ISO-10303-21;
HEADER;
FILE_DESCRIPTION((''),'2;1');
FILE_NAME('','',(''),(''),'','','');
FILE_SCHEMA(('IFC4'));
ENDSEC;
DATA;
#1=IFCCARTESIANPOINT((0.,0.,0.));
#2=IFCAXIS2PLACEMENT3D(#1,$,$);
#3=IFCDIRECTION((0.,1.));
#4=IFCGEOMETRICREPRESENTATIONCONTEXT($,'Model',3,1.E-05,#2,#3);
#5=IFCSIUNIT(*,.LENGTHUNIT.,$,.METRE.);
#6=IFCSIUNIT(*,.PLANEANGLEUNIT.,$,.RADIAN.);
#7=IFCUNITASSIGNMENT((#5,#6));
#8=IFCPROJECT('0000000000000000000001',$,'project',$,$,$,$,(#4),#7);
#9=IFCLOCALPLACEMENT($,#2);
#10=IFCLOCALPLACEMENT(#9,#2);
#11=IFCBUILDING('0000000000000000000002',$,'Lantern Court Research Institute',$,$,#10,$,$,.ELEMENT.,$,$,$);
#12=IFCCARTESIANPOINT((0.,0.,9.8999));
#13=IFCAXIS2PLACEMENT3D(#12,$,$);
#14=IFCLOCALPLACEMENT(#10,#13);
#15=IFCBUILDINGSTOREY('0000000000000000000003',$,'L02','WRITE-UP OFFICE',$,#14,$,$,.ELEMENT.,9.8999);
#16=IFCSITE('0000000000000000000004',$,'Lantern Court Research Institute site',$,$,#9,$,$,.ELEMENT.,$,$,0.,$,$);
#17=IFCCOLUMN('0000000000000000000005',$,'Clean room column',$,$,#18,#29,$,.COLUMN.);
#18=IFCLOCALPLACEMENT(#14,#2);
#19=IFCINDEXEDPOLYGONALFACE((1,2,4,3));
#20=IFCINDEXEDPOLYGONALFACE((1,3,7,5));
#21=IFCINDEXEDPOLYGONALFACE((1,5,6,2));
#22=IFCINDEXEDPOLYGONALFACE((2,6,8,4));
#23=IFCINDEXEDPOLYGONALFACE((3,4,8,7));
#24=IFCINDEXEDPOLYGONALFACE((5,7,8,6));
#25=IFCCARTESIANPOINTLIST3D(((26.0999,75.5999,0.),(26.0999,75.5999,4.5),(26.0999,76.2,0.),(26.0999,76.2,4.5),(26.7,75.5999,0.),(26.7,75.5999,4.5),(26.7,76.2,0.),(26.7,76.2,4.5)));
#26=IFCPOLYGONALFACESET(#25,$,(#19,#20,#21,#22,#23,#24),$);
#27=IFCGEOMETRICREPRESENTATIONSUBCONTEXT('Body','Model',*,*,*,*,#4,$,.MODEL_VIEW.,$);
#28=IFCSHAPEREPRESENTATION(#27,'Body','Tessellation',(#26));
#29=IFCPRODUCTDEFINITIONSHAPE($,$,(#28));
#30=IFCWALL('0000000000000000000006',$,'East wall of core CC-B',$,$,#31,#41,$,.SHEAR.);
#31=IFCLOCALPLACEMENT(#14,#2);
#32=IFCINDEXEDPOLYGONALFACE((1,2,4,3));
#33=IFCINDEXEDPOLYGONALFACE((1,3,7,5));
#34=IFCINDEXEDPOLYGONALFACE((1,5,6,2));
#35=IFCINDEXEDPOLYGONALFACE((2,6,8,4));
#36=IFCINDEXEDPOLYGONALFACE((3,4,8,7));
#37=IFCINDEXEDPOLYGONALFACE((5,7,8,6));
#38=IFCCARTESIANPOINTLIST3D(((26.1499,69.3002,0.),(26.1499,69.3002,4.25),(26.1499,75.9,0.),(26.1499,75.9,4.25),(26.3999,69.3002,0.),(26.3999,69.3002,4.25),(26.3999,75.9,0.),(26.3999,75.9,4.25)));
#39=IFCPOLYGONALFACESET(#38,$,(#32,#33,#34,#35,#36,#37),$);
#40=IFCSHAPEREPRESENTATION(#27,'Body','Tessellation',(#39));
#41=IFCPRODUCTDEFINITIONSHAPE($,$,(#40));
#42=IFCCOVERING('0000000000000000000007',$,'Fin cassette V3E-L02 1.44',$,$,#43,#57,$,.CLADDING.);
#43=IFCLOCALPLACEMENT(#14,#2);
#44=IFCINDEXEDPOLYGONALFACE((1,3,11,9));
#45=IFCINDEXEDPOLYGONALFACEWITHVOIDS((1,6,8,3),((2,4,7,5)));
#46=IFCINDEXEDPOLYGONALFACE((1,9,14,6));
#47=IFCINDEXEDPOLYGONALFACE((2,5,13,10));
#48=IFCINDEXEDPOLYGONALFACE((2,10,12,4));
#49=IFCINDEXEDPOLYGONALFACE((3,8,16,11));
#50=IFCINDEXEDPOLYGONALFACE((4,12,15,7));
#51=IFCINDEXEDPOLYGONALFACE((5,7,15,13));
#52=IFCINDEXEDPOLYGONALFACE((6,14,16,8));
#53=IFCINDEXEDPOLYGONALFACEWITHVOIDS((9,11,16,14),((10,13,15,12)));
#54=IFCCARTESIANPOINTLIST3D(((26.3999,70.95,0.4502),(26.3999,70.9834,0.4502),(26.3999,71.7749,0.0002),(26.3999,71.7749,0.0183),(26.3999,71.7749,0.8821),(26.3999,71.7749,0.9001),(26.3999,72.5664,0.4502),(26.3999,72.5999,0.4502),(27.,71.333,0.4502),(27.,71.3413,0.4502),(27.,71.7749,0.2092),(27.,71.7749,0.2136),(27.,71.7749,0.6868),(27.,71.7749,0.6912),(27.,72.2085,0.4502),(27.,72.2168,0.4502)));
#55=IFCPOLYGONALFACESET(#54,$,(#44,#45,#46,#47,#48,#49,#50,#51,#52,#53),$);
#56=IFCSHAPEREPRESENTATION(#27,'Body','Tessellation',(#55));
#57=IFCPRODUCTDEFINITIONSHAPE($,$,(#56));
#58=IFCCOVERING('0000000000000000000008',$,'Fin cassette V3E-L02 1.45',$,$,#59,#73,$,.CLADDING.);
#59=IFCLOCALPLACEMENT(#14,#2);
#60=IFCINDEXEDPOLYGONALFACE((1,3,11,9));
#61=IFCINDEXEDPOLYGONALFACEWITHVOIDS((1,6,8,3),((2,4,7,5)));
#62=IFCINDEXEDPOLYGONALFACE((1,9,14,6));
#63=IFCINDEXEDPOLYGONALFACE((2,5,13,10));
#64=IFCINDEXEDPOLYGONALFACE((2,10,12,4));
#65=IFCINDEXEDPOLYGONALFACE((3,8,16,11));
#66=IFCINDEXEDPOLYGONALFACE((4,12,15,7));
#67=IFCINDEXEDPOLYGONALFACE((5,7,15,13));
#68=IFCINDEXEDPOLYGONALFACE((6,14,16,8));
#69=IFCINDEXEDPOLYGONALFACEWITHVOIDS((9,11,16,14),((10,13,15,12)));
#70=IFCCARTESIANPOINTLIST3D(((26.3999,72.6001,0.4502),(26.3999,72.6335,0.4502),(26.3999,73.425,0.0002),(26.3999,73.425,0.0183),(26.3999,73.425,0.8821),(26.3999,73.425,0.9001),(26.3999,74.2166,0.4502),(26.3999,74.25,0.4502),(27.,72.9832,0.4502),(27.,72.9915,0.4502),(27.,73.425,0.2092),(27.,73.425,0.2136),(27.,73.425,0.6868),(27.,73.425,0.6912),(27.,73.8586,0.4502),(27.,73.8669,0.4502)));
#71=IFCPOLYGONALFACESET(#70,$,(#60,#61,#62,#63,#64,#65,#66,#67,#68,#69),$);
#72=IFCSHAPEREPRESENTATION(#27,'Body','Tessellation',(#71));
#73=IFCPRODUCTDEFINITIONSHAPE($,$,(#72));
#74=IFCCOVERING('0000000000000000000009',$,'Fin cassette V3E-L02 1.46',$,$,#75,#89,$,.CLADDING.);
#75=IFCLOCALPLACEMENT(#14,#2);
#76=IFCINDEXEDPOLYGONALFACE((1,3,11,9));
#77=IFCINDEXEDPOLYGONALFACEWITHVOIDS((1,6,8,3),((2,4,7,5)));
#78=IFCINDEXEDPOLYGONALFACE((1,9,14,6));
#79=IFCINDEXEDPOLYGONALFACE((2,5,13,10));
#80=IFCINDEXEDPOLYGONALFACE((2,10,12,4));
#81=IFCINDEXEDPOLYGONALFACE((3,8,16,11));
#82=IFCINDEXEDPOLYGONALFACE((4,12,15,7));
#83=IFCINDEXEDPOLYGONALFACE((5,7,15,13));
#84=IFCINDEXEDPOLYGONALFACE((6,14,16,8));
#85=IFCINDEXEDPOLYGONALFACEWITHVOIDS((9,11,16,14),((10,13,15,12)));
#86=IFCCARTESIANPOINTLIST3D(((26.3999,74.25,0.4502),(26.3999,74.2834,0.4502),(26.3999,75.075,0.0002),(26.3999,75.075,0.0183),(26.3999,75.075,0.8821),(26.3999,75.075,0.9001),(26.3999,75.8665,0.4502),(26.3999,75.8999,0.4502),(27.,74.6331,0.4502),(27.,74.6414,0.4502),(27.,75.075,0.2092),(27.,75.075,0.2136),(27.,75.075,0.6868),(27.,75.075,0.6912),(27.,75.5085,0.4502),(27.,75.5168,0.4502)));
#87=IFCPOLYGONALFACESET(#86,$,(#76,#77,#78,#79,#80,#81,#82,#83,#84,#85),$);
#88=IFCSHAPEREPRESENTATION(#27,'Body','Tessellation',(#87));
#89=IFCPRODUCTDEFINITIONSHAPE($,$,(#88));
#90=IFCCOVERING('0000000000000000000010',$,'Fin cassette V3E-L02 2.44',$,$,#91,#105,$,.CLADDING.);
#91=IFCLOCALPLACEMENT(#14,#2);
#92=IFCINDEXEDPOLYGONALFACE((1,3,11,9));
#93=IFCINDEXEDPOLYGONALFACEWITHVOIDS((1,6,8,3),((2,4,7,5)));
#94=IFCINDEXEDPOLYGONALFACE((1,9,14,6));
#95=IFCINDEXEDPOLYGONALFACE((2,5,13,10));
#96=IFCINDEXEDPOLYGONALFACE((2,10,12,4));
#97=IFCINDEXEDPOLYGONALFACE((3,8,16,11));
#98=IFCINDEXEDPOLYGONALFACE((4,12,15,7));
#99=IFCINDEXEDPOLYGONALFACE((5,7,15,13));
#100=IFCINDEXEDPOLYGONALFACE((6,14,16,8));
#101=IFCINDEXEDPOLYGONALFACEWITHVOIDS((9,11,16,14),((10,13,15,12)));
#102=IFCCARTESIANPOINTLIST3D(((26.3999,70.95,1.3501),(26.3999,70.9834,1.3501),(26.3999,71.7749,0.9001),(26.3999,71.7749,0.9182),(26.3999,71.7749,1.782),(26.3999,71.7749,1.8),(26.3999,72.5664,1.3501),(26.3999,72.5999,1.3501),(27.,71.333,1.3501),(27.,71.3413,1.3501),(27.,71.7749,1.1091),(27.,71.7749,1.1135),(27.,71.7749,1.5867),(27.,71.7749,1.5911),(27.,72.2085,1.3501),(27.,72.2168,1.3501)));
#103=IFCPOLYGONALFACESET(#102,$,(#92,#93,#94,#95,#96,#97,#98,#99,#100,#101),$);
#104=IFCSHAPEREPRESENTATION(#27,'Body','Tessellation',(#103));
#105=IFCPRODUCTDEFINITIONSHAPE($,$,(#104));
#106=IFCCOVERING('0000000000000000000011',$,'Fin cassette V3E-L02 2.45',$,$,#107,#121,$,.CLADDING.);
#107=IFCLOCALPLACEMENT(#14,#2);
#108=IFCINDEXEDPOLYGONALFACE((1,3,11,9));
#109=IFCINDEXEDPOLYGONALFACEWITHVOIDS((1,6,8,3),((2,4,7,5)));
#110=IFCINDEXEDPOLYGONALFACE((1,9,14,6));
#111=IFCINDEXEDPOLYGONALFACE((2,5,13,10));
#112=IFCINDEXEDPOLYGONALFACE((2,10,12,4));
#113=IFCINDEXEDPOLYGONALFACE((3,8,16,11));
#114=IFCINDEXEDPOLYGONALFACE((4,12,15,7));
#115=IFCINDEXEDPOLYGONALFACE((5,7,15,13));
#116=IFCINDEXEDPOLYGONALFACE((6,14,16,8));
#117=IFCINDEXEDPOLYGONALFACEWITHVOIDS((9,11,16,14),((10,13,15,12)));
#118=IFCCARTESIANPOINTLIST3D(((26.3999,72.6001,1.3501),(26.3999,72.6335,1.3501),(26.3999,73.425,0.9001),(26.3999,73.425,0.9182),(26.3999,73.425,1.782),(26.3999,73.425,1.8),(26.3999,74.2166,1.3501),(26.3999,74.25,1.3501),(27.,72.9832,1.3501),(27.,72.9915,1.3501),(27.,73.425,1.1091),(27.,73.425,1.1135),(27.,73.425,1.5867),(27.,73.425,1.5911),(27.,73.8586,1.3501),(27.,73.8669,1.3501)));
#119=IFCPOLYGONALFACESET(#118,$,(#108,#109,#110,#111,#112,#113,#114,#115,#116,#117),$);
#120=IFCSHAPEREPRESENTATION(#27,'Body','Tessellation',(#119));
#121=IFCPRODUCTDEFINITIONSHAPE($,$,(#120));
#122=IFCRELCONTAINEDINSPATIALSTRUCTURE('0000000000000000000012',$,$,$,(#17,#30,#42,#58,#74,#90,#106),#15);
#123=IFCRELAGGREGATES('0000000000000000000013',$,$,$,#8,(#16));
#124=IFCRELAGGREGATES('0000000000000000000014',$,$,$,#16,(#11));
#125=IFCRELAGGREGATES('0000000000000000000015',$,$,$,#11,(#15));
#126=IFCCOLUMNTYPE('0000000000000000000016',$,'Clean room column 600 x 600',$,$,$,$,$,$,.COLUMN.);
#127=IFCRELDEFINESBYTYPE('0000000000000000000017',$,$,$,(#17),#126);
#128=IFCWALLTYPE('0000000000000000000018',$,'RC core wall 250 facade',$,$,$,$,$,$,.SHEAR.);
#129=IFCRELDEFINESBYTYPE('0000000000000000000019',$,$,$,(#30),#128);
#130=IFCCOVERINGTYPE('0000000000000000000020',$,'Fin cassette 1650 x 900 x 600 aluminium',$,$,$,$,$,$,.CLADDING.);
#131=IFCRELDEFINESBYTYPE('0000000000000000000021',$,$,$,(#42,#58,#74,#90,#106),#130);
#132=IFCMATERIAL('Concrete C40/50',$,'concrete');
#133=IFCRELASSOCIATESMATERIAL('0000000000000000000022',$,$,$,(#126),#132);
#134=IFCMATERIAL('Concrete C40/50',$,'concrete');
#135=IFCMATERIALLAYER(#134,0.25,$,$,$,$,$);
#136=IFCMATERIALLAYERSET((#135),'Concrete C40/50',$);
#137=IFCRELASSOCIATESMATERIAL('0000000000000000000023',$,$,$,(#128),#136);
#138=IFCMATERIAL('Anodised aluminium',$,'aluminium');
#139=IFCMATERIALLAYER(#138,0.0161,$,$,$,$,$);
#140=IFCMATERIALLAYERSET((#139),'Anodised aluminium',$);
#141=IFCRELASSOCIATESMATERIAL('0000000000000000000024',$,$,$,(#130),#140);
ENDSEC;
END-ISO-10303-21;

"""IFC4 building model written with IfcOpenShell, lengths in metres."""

from ifc_helpers import new_model, entity, si_unit, direction, frame, frame_2d, origin, origin_2d, place, context, subcontext, project, spatial, rectangle, extrude, material, layer, layer_set, material_profile, profile_set, type_object, element, save


model = new_model("IFC4")

# Units and contexts
model_context = context("Model", 3, precision=1e-05, world=origin(), true_north=direction((0.0, 1.0)))
body_context = subcontext(model_context, "Body", "Model", "MODEL_VIEW")
ifc_project = project(units=[si_unit("LENGTHUNIT", "METRE"), si_unit("PLANEANGLEUNIT", "RADIAN")], contexts=[model_context])

# Site, building, storey
site_placement = place(None, origin())
site = spatial("IfcSite", under=ifc_project, at=site_placement, Name="Lantern Court Research Institute site", CompositionType="ELEMENT", RefElevation=0.0)
building_placement = place(site_placement, origin())
building = spatial("IfcBuilding", under=site, at=building_placement, Name="Lantern Court Research Institute", CompositionType="ELEMENT")
storey_placement = place(building_placement, frame((0.0, 0.0, 9.8999)))
storey = spatial("IfcBuildingStorey", under=building, at=storey_placement, Name="L02", Description="WRITE-UP OFFICE", CompositionType="ELEMENT", Elevation=9.8999)

# Column
ifc_material_1 = material(Name="Concrete C40/50", Category="concrete")
ifc_material_profile = material_profile(ifc_material_1, rectangle(XDim=0.6001, YDim=0.6001, at=origin_2d()), Name="Clean room column 600 x 600")
ifc_profile_set = profile_set([ifc_material_profile], Name="Concrete C40/50")
column_type = type_object("IfcColumnType", Name="Clean room column 600 x 600", PredefinedType="COLUMN", material=ifc_profile_set)
column_placement = place(storey_placement, frame((26.3999, 75.8999, 0.0), z_axis=(0.0, 0.0, 1.0), x_axis=(1.0, 0.0, 0.0)))
element("IfcColumn", 1, at=column_placement, inside=storey, type_object=column_type, Name="Clean room column", PredefinedType="COLUMN", context=body_context, shape_type="SweptSolid", body=[
    extrude(rectangle(XDim=0.6001, YDim=0.6001, at=origin_2d()), origin(), (0.0, 0.0, 1.0), 4.5),
])

# Wall
ifc_material_2 = material(Name="Concrete C40/50", Category="concrete")
ifc_layer_1 = layer(ifc_material_2, 0.25)
ifc_layer_set_1 = layer_set([ifc_layer_1], Name="Concrete C40/50")
wall_type = type_object("IfcWallType", Name="RC core wall 250 facade", PredefinedType="SHEAR", material=ifc_layer_set_1)
wall_placement = place(storey_placement, frame((26.2749, 75.8999, 0.0), z_axis=(0.0, 0.0, 1.0), x_axis=(0.0, -1.0, 0.0)))
element("IfcWall", 2, at=wall_placement, inside=storey, type_object=wall_type, Name="East wall of core CC-B", PredefinedType="SHEAR", context=body_context, shape_type="SweptSolid", body=[
    extrude(rectangle(XDim=6.5999, YDim=0.25, at=frame_2d((3.2998, 0.0))), origin(), (0.0, 0.0, 1.0), 4.25),
])

# Coverings
ifc_material_3 = material(Name="Anodised aluminium", Category="aluminium")
ifc_layer_2 = layer(ifc_material_3, 0.0161)
ifc_layer_set_2 = layer_set([ifc_layer_2], Name="Anodised aluminium")
covering_type = type_object("IfcCoveringType", Name="Fin cassette 1650 x 900 x 600 aluminium", PredefinedType="CLADDING", material=ifc_layer_set_2)
covering_1_placement = place(storey_placement, frame((26.3999, 71.7749, 0.4502), z_axis=(1.0, 0.0, 0.0), x_axis=(0.0, 1.0, 0.0)))
cartesian_point_1 = entity("IfcCartesianPoint", [0.825, 0.0])
cartesian_point_2 = entity("IfcCartesianPoint", [0.7915, 0.0])
cartesian_point_3 = entity("IfcCartesianPoint", [0.4419, 0.0])
cartesian_point_4 = entity("IfcCartesianPoint", [0.4336, 0.0])
element("IfcCovering", 3, at=covering_1_placement, inside=storey, type_object=covering_type, Name="Fin cassette V3E-L02 1.44", PredefinedType="CLADDING", context=body_context, shape_type="SweptSolid", body=[
    entity("IfcExtrudedAreaSolidTapered", entity("IfcArbitraryProfileDefWithVoids", "AREA", None, entity("IfcPolyline", [cartesian_point_1, entity("IfcCartesianPoint", [0.0, 0.45]), entity("IfcCartesianPoint", [-0.825, 0.0]), entity("IfcCartesianPoint", [0.0, -0.45]), cartesian_point_1]), [entity("IfcPolyline", [cartesian_point_2, entity("IfcCartesianPoint", [0.0, 0.4319]), entity("IfcCartesianPoint", [-0.7915, 0.0]), entity("IfcCartesianPoint", [0.0, -0.4319]), cartesian_point_2])]), entity("IfcAxis2Placement3D", entity("IfcCartesianPoint", [0.0, 0.0, 0.0])), entity("IfcDirection", [0.0, 0.0, 1.0]), 0.6001, entity("IfcArbitraryProfileDefWithVoids", "AREA", None, entity("IfcPolyline", [cartesian_point_3, entity("IfcCartesianPoint", [0.0, 0.241]), entity("IfcCartesianPoint", [-0.4419, 0.0]), entity("IfcCartesianPoint", [0.0, -0.241]), cartesian_point_3]), [entity("IfcPolyline", [cartesian_point_4, entity("IfcCartesianPoint", [0.0, 0.2366]), entity("IfcCartesianPoint", [-0.4336, 0.0]), entity("IfcCartesianPoint", [0.0, -0.2366]), cartesian_point_4])])),
])
covering_2_placement = place(storey_placement, frame((26.3999, 73.425, 0.4502), z_axis=(1.0, 0.0, 0.0), x_axis=(0.0, 1.0, 0.0)))
cartesian_point_5 = entity("IfcCartesianPoint", [0.825, 0.0])
cartesian_point_6 = entity("IfcCartesianPoint", [0.7915, 0.0])
cartesian_point_7 = entity("IfcCartesianPoint", [0.4419, 0.0])
cartesian_point_8 = entity("IfcCartesianPoint", [0.4336, 0.0])
element("IfcCovering", 4, at=covering_2_placement, inside=storey, type_object=covering_type, Name="Fin cassette V3E-L02 1.45", PredefinedType="CLADDING", context=body_context, shape_type="SweptSolid", body=[
    entity("IfcExtrudedAreaSolidTapered", entity("IfcArbitraryProfileDefWithVoids", "AREA", None, entity("IfcPolyline", [cartesian_point_5, entity("IfcCartesianPoint", [0.0, 0.45]), entity("IfcCartesianPoint", [-0.825, 0.0]), entity("IfcCartesianPoint", [0.0, -0.45]), cartesian_point_5]), [entity("IfcPolyline", [cartesian_point_6, entity("IfcCartesianPoint", [0.0, 0.4319]), entity("IfcCartesianPoint", [-0.7915, 0.0]), entity("IfcCartesianPoint", [0.0, -0.4319]), cartesian_point_6])]), entity("IfcAxis2Placement3D", entity("IfcCartesianPoint", [0.0, 0.0, 0.0])), entity("IfcDirection", [0.0, 0.0, 1.0]), 0.6001, entity("IfcArbitraryProfileDefWithVoids", "AREA", None, entity("IfcPolyline", [cartesian_point_7, entity("IfcCartesianPoint", [0.0, 0.241]), entity("IfcCartesianPoint", [-0.4419, 0.0]), entity("IfcCartesianPoint", [0.0, -0.241]), cartesian_point_7]), [entity("IfcPolyline", [cartesian_point_8, entity("IfcCartesianPoint", [0.0, 0.2366]), entity("IfcCartesianPoint", [-0.4336, 0.0]), entity("IfcCartesianPoint", [0.0, -0.2366]), cartesian_point_8])])),
])
covering_3_placement = place(storey_placement, frame((26.3999, 75.075, 0.4502), z_axis=(1.0, 0.0, 0.0), x_axis=(0.0, 1.0, 0.0)))
cartesian_point_9 = entity("IfcCartesianPoint", [0.825, 0.0])
cartesian_point_10 = entity("IfcCartesianPoint", [0.7915, 0.0])
cartesian_point_11 = entity("IfcCartesianPoint", [0.4419, 0.0])
cartesian_point_12 = entity("IfcCartesianPoint", [0.4336, 0.0])
element("IfcCovering", 5, at=covering_3_placement, inside=storey, type_object=covering_type, Name="Fin cassette V3E-L02 1.46", PredefinedType="CLADDING", context=body_context, shape_type="SweptSolid", body=[
    entity("IfcExtrudedAreaSolidTapered", entity("IfcArbitraryProfileDefWithVoids", "AREA", None, entity("IfcPolyline", [cartesian_point_9, entity("IfcCartesianPoint", [0.0, 0.45]), entity("IfcCartesianPoint", [-0.825, 0.0]), entity("IfcCartesianPoint", [0.0, -0.45]), cartesian_point_9]), [entity("IfcPolyline", [cartesian_point_10, entity("IfcCartesianPoint", [0.0, 0.4319]), entity("IfcCartesianPoint", [-0.7915, 0.0]), entity("IfcCartesianPoint", [0.0, -0.4319]), cartesian_point_10])]), entity("IfcAxis2Placement3D", entity("IfcCartesianPoint", [0.0, 0.0, 0.0])), entity("IfcDirection", [0.0, 0.0, 1.0]), 0.6001, entity("IfcArbitraryProfileDefWithVoids", "AREA", None, entity("IfcPolyline", [cartesian_point_11, entity("IfcCartesianPoint", [0.0, 0.241]), entity("IfcCartesianPoint", [-0.4419, 0.0]), entity("IfcCartesianPoint", [0.0, -0.241]), cartesian_point_11]), [entity("IfcPolyline", [cartesian_point_12, entity("IfcCartesianPoint", [0.0, 0.2366]), entity("IfcCartesianPoint", [-0.4336, 0.0]), entity("IfcCartesianPoint", [0.0, -0.2366]), cartesian_point_12])])),
])
covering_4_placement = place(storey_placement, frame((26.3999, 71.7749, 1.3501), z_axis=(1.0, 0.0, 0.0), x_axis=(0.0, 1.0, 0.0)))
cartesian_point_13 = entity("IfcCartesianPoint", [0.825, 0.0])
cartesian_point_14 = entity("IfcCartesianPoint", [0.7915, 0.0])
cartesian_point_15 = entity("IfcCartesianPoint", [0.4419, 0.0])
cartesian_point_16 = entity("IfcCartesianPoint", [0.4336, 0.0])
element("IfcCovering", 6, at=covering_4_placement, inside=storey, type_object=covering_type, Name="Fin cassette V3E-L02 2.44", PredefinedType="CLADDING", context=body_context, shape_type="SweptSolid", body=[
    entity("IfcExtrudedAreaSolidTapered", entity("IfcArbitraryProfileDefWithVoids", "AREA", None, entity("IfcPolyline", [cartesian_point_13, entity("IfcCartesianPoint", [0.0, 0.45]), entity("IfcCartesianPoint", [-0.825, 0.0]), entity("IfcCartesianPoint", [0.0, -0.45]), cartesian_point_13]), [entity("IfcPolyline", [cartesian_point_14, entity("IfcCartesianPoint", [0.0, 0.4319]), entity("IfcCartesianPoint", [-0.7915, 0.0]), entity("IfcCartesianPoint", [0.0, -0.4319]), cartesian_point_14])]), entity("IfcAxis2Placement3D", entity("IfcCartesianPoint", [0.0, 0.0, 0.0])), entity("IfcDirection", [0.0, 0.0, 1.0]), 0.6001, entity("IfcArbitraryProfileDefWithVoids", "AREA", None, entity("IfcPolyline", [cartesian_point_15, entity("IfcCartesianPoint", [0.0, 0.241]), entity("IfcCartesianPoint", [-0.4419, 0.0]), entity("IfcCartesianPoint", [0.0, -0.241]), cartesian_point_15]), [entity("IfcPolyline", [cartesian_point_16, entity("IfcCartesianPoint", [0.0, 0.2366]), entity("IfcCartesianPoint", [-0.4336, 0.0]), entity("IfcCartesianPoint", [0.0, -0.2366]), cartesian_point_16])])),
])
covering_5_placement = place(storey_placement, frame((26.3999, 73.425, 1.3501), z_axis=(1.0, 0.0, 0.0), x_axis=(0.0, 1.0, 0.0)))
cartesian_point_17 = entity("IfcCartesianPoint", [0.825, 0.0])
cartesian_point_18 = entity("IfcCartesianPoint", [0.7915, 0.0])
cartesian_point_19 = entity("IfcCartesianPoint", [0.4419, 0.0])
cartesian_point_20 = entity("IfcCartesianPoint", [0.4336, 0.0])
element("IfcCovering", 7, at=covering_5_placement, inside=storey, type_object=covering_type, Name="Fin cassette V3E-L02 2.45", PredefinedType="CLADDING", context=body_context, shape_type="SweptSolid", body=[
    entity("IfcExtrudedAreaSolidTapered", entity("IfcArbitraryProfileDefWithVoids", "AREA", None, entity("IfcPolyline", [cartesian_point_17, entity("IfcCartesianPoint", [0.0, 0.45]), entity("IfcCartesianPoint", [-0.825, 0.0]), entity("IfcCartesianPoint", [0.0, -0.45]), cartesian_point_17]), [entity("IfcPolyline", [cartesian_point_18, entity("IfcCartesianPoint", [0.0, 0.4319]), entity("IfcCartesianPoint", [-0.7915, 0.0]), entity("IfcCartesianPoint", [0.0, -0.4319]), cartesian_point_18])]), entity("IfcAxis2Placement3D", entity("IfcCartesianPoint", [0.0, 0.0, 0.0])), entity("IfcDirection", [0.0, 0.0, 1.0]), 0.6001, entity("IfcArbitraryProfileDefWithVoids", "AREA", None, entity("IfcPolyline", [cartesian_point_19, entity("IfcCartesianPoint", [0.0, 0.241]), entity("IfcCartesianPoint", [-0.4419, 0.0]), entity("IfcCartesianPoint", [0.0, -0.241]), cartesian_point_19]), [entity("IfcPolyline", [cartesian_point_20, entity("IfcCartesianPoint", [0.0, 0.2366]), entity("IfcCartesianPoint", [-0.4336, 0.0]), entity("IfcCartesianPoint", [0.0, -0.2366]), cartesian_point_20])])),
])

save(model, "model.ifc")
